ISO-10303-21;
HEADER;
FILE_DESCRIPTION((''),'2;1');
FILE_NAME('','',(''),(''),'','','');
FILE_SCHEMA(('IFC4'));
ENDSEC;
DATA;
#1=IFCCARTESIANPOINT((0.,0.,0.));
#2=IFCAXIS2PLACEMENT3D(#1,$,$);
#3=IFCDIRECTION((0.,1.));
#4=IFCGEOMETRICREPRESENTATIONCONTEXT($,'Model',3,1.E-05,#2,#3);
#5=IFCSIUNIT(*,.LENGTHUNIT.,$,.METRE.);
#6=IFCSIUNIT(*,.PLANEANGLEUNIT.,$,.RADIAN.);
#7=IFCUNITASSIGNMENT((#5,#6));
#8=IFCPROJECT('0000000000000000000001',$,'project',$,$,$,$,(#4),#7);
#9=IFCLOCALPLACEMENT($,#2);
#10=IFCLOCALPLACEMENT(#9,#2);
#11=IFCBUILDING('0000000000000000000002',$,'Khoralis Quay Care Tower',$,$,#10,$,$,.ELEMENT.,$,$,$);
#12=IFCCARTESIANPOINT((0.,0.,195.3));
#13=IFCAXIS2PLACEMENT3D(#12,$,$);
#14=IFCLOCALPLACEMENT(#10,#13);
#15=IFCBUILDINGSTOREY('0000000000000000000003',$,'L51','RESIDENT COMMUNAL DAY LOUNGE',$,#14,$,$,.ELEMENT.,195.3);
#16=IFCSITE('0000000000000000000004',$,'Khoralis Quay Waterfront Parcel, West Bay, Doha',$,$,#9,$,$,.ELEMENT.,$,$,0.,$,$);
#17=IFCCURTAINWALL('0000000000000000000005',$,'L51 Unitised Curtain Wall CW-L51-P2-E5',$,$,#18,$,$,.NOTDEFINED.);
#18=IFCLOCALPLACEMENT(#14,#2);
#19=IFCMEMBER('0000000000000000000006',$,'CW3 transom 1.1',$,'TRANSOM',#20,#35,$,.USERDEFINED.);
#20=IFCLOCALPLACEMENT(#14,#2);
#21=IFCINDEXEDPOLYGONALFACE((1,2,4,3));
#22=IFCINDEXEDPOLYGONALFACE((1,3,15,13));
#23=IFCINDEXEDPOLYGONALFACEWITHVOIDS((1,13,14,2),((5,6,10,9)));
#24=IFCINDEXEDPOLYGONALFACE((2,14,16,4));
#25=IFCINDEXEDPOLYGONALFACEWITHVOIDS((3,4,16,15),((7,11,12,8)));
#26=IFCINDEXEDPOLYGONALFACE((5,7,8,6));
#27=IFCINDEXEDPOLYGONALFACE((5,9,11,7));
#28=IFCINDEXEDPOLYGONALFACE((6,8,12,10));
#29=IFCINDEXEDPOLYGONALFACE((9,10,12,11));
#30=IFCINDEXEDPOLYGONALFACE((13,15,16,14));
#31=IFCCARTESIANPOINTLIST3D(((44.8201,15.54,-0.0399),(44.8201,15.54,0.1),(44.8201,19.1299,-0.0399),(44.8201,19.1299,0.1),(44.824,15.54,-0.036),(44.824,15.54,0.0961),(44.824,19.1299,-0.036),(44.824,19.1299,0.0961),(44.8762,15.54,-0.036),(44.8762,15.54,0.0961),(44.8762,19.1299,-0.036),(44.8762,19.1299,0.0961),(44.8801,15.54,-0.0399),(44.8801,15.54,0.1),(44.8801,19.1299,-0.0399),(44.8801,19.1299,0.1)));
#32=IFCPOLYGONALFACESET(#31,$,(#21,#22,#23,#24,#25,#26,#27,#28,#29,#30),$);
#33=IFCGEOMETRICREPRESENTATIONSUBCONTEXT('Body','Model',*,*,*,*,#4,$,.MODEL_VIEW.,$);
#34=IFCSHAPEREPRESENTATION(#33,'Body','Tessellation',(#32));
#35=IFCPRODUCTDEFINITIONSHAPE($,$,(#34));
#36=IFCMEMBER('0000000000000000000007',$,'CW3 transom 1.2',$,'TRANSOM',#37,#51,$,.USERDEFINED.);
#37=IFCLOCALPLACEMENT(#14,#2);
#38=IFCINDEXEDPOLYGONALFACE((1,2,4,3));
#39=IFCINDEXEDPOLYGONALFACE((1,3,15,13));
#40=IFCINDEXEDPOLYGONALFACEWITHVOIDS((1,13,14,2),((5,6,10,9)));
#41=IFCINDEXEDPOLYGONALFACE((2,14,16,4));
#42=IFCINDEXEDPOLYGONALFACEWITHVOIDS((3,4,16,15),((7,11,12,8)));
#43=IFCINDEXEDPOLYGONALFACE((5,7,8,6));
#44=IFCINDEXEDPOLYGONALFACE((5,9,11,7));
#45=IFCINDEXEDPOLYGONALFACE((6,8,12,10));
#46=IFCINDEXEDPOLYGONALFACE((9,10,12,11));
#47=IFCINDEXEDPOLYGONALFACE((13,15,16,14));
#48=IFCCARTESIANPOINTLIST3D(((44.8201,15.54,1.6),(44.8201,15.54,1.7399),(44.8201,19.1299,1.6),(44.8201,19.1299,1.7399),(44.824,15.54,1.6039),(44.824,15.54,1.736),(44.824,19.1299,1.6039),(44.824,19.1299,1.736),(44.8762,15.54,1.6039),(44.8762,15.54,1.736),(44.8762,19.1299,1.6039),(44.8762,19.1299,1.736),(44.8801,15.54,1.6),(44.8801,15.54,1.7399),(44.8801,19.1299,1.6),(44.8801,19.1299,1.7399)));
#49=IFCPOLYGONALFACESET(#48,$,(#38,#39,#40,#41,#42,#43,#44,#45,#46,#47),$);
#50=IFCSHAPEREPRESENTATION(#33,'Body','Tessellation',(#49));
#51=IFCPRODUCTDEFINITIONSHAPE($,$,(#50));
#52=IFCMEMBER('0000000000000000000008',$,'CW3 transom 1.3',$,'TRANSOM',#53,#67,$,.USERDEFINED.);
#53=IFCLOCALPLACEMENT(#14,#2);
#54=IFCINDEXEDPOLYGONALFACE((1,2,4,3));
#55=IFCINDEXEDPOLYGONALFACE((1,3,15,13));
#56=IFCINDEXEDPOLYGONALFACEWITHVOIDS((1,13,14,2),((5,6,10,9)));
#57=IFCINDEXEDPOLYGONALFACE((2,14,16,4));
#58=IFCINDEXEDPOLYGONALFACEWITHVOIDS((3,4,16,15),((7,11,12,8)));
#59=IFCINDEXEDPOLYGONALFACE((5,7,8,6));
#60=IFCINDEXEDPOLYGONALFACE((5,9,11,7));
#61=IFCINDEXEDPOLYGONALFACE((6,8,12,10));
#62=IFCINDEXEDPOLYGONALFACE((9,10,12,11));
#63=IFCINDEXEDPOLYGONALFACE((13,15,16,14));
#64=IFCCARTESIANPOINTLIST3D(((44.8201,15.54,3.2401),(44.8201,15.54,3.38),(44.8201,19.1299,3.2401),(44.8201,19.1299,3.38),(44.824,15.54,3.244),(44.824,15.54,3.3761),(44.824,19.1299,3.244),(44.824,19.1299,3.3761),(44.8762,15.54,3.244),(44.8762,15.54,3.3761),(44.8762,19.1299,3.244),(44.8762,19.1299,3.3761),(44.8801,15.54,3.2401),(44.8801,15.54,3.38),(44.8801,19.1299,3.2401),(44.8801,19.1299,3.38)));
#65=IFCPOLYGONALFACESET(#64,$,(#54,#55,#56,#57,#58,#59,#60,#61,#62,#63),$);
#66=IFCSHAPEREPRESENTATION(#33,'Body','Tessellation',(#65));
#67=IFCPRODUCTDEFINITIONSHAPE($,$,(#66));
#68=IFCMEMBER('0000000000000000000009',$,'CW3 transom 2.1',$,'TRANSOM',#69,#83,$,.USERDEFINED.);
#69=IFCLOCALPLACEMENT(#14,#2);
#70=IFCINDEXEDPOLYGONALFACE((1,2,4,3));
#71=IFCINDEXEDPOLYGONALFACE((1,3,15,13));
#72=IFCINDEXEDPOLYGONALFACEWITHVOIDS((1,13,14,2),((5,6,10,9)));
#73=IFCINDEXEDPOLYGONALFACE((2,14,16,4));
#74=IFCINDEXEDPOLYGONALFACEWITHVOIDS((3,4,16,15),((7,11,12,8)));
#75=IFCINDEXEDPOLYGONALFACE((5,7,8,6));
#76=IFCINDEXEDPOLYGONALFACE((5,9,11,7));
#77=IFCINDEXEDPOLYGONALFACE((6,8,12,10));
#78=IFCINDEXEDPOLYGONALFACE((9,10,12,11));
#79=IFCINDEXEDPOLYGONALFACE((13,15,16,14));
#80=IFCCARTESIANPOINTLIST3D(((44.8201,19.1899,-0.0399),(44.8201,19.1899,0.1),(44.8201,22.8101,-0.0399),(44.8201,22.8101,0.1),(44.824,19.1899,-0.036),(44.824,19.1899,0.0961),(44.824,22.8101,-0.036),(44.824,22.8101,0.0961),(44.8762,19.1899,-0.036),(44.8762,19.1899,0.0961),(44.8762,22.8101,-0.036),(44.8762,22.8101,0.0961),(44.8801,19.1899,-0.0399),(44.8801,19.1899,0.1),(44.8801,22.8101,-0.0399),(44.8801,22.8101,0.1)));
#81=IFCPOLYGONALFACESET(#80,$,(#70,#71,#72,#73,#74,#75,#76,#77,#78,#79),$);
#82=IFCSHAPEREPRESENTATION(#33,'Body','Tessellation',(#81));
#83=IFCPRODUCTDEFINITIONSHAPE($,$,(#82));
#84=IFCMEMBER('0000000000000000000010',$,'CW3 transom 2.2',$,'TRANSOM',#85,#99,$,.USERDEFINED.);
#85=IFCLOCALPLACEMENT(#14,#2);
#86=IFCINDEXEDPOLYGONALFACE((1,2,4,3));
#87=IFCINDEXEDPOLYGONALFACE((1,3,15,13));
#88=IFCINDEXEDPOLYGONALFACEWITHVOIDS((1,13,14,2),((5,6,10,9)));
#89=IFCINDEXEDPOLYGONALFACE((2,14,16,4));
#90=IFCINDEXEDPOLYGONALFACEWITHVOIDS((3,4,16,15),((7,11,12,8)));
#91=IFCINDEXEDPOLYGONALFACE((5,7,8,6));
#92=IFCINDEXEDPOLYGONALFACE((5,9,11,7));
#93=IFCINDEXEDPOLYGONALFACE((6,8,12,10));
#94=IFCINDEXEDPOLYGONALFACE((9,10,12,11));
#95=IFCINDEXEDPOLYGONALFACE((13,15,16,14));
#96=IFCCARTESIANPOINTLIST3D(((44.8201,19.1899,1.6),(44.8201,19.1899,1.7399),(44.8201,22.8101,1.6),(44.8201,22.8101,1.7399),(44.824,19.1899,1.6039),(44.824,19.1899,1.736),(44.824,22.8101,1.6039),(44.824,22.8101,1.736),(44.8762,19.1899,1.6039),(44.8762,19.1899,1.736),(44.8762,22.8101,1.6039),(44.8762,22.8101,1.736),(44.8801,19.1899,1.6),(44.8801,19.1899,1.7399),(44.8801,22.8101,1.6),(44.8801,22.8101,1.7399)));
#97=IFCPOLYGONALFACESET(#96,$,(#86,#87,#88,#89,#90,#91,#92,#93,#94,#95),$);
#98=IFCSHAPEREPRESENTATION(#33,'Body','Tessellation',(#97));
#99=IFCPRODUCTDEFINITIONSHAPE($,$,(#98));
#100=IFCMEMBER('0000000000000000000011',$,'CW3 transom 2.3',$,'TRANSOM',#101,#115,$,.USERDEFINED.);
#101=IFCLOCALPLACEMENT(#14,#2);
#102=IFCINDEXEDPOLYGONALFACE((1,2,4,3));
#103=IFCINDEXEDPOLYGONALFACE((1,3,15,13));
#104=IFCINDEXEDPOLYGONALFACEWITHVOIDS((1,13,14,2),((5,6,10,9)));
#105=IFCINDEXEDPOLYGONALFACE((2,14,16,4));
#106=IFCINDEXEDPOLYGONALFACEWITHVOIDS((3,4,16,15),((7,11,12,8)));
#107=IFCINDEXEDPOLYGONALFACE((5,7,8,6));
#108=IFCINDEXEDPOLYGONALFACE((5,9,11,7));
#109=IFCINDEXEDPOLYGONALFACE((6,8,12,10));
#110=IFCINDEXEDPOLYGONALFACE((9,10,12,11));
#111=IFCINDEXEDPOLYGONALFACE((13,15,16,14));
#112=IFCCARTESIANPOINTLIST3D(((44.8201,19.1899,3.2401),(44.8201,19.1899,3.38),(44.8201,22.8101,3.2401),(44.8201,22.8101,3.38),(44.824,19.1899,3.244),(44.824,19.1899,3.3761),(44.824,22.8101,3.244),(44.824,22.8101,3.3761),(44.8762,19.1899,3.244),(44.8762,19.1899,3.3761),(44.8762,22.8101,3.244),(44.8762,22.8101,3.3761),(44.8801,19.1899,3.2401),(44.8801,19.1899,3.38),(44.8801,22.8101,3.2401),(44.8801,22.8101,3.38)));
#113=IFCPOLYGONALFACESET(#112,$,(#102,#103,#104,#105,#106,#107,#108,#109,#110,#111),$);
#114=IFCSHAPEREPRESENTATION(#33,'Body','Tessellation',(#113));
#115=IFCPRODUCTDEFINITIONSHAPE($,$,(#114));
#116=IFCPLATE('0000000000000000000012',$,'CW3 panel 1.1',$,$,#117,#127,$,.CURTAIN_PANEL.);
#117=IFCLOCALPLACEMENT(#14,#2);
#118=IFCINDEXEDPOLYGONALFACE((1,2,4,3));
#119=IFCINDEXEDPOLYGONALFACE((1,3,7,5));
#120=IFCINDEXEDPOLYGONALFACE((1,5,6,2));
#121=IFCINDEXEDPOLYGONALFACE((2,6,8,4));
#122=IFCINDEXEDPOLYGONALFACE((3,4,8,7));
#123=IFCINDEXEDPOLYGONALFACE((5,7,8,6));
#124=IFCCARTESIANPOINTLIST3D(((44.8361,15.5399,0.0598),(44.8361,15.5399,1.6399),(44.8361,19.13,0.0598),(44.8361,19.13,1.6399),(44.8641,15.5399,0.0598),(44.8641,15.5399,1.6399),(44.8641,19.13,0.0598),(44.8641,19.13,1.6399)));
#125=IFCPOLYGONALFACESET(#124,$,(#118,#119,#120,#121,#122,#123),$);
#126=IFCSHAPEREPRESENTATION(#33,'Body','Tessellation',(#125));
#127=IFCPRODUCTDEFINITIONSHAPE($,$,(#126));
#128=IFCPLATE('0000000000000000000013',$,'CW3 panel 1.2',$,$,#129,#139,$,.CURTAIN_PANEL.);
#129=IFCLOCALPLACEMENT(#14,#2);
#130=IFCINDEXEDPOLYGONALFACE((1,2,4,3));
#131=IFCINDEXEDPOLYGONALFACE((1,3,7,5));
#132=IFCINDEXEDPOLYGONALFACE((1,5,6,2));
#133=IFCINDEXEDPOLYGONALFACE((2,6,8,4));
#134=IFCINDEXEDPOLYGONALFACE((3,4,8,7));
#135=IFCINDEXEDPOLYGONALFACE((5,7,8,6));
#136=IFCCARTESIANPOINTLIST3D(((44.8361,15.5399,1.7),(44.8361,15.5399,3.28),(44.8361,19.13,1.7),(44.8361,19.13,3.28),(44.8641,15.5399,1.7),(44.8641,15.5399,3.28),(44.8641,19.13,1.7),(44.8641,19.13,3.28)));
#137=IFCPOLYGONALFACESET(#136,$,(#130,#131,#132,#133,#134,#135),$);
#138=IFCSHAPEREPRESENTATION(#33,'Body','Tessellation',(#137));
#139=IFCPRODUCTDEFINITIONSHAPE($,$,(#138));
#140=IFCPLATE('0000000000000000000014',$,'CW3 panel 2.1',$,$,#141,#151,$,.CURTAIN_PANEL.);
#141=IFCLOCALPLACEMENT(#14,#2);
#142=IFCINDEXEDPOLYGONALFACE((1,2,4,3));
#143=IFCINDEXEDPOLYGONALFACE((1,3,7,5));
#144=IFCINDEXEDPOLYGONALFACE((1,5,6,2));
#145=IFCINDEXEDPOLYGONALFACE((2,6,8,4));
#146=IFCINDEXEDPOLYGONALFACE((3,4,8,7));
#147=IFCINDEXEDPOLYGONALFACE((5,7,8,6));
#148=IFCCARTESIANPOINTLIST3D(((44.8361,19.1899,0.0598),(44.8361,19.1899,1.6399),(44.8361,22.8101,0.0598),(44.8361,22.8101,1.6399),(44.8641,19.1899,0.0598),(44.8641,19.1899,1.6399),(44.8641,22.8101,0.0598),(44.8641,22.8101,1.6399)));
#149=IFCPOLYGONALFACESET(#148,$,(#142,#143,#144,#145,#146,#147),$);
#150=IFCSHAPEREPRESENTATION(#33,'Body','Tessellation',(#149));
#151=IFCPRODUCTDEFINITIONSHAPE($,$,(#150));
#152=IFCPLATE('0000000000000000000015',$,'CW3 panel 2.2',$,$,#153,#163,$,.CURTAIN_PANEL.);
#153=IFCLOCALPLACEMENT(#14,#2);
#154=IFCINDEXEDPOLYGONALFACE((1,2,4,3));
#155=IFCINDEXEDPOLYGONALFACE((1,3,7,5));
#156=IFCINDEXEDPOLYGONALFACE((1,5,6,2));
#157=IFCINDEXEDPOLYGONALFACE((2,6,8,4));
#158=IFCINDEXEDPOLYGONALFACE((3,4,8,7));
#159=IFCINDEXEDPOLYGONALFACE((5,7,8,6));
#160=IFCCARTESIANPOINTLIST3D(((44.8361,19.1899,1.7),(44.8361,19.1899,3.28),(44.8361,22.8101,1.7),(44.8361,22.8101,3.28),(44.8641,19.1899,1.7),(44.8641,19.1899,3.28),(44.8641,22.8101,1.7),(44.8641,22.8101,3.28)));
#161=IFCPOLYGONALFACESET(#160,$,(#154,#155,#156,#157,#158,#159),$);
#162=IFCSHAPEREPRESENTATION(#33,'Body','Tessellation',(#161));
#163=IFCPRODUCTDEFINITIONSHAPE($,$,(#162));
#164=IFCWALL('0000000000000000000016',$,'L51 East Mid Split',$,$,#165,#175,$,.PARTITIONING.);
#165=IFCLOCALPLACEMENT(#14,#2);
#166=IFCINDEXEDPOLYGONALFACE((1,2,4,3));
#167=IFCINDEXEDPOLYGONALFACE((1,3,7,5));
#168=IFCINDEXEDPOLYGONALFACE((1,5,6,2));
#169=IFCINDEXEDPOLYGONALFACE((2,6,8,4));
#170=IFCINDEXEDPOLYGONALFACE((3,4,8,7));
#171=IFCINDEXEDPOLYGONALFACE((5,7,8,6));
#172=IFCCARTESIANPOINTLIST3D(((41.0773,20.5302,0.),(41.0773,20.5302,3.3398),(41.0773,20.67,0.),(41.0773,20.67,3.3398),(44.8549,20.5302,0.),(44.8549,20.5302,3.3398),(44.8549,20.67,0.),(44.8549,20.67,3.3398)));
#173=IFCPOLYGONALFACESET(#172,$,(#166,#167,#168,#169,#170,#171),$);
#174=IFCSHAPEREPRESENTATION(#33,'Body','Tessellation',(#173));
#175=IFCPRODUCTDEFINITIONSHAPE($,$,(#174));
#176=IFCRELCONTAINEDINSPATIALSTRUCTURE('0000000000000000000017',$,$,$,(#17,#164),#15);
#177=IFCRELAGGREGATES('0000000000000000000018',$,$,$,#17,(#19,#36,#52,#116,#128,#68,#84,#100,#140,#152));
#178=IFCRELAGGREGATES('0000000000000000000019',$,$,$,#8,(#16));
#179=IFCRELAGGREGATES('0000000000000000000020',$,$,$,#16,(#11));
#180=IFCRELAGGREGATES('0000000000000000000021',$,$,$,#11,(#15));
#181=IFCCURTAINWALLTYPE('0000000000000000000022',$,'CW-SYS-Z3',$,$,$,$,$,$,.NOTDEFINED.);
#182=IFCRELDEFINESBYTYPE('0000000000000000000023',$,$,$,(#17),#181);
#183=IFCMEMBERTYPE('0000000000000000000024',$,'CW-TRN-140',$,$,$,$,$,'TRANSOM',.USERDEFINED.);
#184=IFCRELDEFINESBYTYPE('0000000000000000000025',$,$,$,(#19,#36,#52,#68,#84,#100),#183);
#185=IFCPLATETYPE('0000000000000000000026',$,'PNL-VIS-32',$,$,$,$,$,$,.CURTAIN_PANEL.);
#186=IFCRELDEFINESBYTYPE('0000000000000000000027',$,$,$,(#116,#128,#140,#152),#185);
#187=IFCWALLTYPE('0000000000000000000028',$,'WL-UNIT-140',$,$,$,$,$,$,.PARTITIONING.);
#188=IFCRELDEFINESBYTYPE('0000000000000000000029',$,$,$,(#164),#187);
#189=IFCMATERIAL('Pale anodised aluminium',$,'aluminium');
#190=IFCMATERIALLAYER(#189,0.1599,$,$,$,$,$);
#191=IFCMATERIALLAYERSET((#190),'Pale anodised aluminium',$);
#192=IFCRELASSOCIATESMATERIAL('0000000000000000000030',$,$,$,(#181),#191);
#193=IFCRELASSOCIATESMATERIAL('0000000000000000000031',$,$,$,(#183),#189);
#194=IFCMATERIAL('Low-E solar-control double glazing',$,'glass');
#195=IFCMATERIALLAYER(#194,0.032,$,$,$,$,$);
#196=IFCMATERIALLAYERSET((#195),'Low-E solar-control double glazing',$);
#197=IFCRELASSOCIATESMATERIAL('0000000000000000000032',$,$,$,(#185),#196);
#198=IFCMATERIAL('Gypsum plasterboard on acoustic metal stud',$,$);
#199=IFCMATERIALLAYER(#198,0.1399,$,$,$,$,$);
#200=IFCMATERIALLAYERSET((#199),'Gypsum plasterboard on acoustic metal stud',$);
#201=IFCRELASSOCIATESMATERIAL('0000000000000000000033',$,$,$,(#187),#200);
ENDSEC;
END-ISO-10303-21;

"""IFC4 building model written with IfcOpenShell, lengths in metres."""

from ifc_helpers import new_model, si_unit, direction, frame, frame_2d, origin, origin_2d, place, context, subcontext, project, spatial, rectangle, hollow_rectangle, extrude, source, transform, mapped, material, layer, layer_set, material_profile, profile_set, type_object, element, aggregate, save


model = new_model("IFC4")

# Units and contexts
model_context = context("Model", 3, precision=1e-05, world=origin(), true_north=direction((0.0, 1.0)))
body_context = subcontext(model_context, "Body", "Model", "MODEL_VIEW")
ifc_project = project(units=[si_unit("LENGTHUNIT", "METRE"), si_unit("PLANEANGLEUNIT", "RADIAN")], contexts=[model_context])

# Site, building, storey
site_placement = place(None, origin())
site = spatial("IfcSite", under=ifc_project, at=site_placement, Name="Khoralis Quay Waterfront Parcel, West Bay, Doha", CompositionType="ELEMENT", RefElevation=0.0)
building_placement = place(site_placement, origin())
building = spatial("IfcBuilding", under=site, at=building_placement, Name="Khoralis Quay Care Tower", CompositionType="ELEMENT")
storey_placement = place(building_placement, frame((0.0, 0.0, 195.3)))
storey = spatial("IfcBuildingStorey", under=building, at=storey_placement, Name="L51", Description="RESIDENT COMMUNAL DAY LOUNGE", CompositionType="ELEMENT", Elevation=195.3)

# Curtain wall, members, plates
ifc_material_1 = material(Name="Pale anodised aluminium", Category="aluminium")
ifc_layer_1 = layer(ifc_material_1, 0.1599)
ifc_layer_set_1 = layer_set([ifc_layer_1], Name="Pale anodised aluminium")
curtain_wall_type = type_object("IfcCurtainWallType", Name="CW-SYS-Z3", PredefinedType="NOTDEFINED", material=ifc_layer_set_1)
curtain_wall_placement = place(storey_placement, origin())
curtain_wall = element("IfcCurtainWall", 1, at=curtain_wall_placement, inside=storey, type_object=curtain_wall_type, Name="L51 Unitised Curtain Wall CW-L51-P2-E5", PredefinedType="NOTDEFINED")
ifc_material_profile_1 = material_profile(ifc_material_1, hollow_rectangle(XDim=0.0601, YDim=0.1399, WallThickness=0.0039, at=origin_2d()), Name="Pale anodised aluminium")
ifc_profile_set_1 = profile_set([ifc_material_profile_1], Name="Pale anodised aluminium")
member_type_1 = type_object("IfcMemberType", Name="CW-TRN-140", ElementType="TRANSOM", PredefinedType="USERDEFINED", material=ifc_profile_set_1)
shared_shape_1 = source(origin(), body_context, "Body", "SweptSolid", [
    extrude(hollow_rectangle(XDim=0.0601, YDim=0.1399, WallThickness=0.0039, at=origin_2d()), origin(), (0.0, 0.0, 1.0), 3.5898),
])
member_1_placement = place(storey_placement, frame((44.8501, 15.54, 0.03), z_axis=(0.0, 1.0, 0.0), x_axis=(-1.0, 0.0, 0.0)))
member_1 = element("IfcMember", 2, at=member_1_placement, type_object=member_type_1, Name="CW3 transom 1.1", ObjectType="TRANSOM", PredefinedType="USERDEFINED", context=body_context, shape_type="MappedRepresentation", body=[
    mapped(shared_shape_1, transform((0.0, 0.0, 0.0), scale=1.0)),
])
member_2_placement = place(storey_placement, frame((44.8501, 15.54, 1.6699), z_axis=(0.0, 1.0, 0.0), x_axis=(-1.0, 0.0, 0.0)))
member_2 = element("IfcMember", 3, at=member_2_placement, type_object=member_type_1, Name="CW3 transom 1.2", ObjectType="TRANSOM", PredefinedType="USERDEFINED", context=body_context, shape_type="MappedRepresentation", body=[
    mapped(shared_shape_1, transform((0.0, 0.0, 0.0), scale=1.0)),
])
member_3_placement = place(storey_placement, frame((44.8501, 15.54, 3.3101), z_axis=(0.0, 1.0, 0.0), x_axis=(-1.0, 0.0, 0.0)))
member_3 = element("IfcMember", 4, at=member_3_placement, type_object=member_type_1, Name="CW3 transom 1.3", ObjectType="TRANSOM", PredefinedType="USERDEFINED", context=body_context, shape_type="MappedRepresentation", body=[
    mapped(shared_shape_1, transform((0.0, 0.0, 0.0), scale=1.0)),
])
shared_shape_2 = source(origin(), body_context, "Body", "SweptSolid", [
    extrude(hollow_rectangle(XDim=0.0601, YDim=0.1399, WallThickness=0.0039, at=origin_2d()), origin(), (0.0, 0.0, 1.0), 3.6201),
])
member_4_placement = place(storey_placement, frame((44.8501, 19.1899, 0.03), z_axis=(0.0, 1.0, 0.0), x_axis=(-1.0, 0.0, 0.0)))
member_4 = element("IfcMember", 5, at=member_4_placement, type_object=member_type_1, Name="CW3 transom 2.1", ObjectType="TRANSOM", PredefinedType="USERDEFINED", context=body_context, shape_type="MappedRepresentation", body=[
    mapped(shared_shape_2, transform((0.0, 0.0, 0.0), scale=1.0)),
])
member_5_placement = place(storey_placement, frame((44.8501, 19.1899, 1.6699), z_axis=(0.0, 1.0, 0.0), x_axis=(-1.0, 0.0, 0.0)))
member_5 = element("IfcMember", 6, at=member_5_placement, type_object=member_type_1, Name="CW3 transom 2.2", ObjectType="TRANSOM", PredefinedType="USERDEFINED", context=body_context, shape_type="MappedRepresentation", body=[
    mapped(shared_shape_2, transform((0.0, 0.0, 0.0), scale=1.0)),
])
member_6_placement = place(storey_placement, frame((44.8501, 19.1899, 3.3101), z_axis=(0.0, 1.0, 0.0), x_axis=(-1.0, 0.0, 0.0)))
member_6 = element("IfcMember", 7, at=member_6_placement, type_object=member_type_1, Name="CW3 transom 2.3", ObjectType="TRANSOM", PredefinedType="USERDEFINED", context=body_context, shape_type="MappedRepresentation", body=[
    mapped(shared_shape_2, transform((0.0, 0.0, 0.0), scale=1.0)),
])
ifc_material_2 = material(Name="Low-E solar-control double glazing", Category="glass")
ifc_layer_2 = layer(ifc_material_2, 0.032)
ifc_layer_set_2 = layer_set([ifc_layer_2], Name="Low-E solar-control double glazing")
plate_type = type_object("IfcPlateType", Name="PNL-VIS-32", PredefinedType="CURTAIN_PANEL", material=ifc_layer_set_2)
shared_shape_3 = source(origin(), body_context, "Body", "SweptSolid", [
    extrude(rectangle(XDim=3.5901, YDim=0.0281, at=origin_2d()), origin(), (0.0, 0.0, 1.0), 1.5801),
])
plate_1_placement = place(storey_placement, frame((44.8501, 17.335, 0.0598), z_axis=(0.0, 0.0, 1.0), x_axis=(0.0, 1.0, 0.0)))
plate_1 = element("IfcPlate", 8, at=plate_1_placement, type_object=plate_type, Name="CW3 panel 1.1", PredefinedType="CURTAIN_PANEL", context=body_context, shape_type="MappedRepresentation", body=[
    mapped(shared_shape_3, transform((0.0, 0.0, 0.0), scale=1.0)),
])
plate_2_placement = place(storey_placement, frame((44.8501, 17.335, 1.7), z_axis=(0.0, 0.0, 1.0), x_axis=(0.0, 1.0, 0.0)))
plate_2 = element("IfcPlate", 9, at=plate_2_placement, type_object=plate_type, Name="CW3 panel 1.2", PredefinedType="CURTAIN_PANEL", context=body_context, shape_type="MappedRepresentation", body=[
    mapped(shared_shape_3, transform((0.0, 0.0, 0.0), scale=1.0)),
])
shared_shape_4 = source(origin(), body_context, "Body", "SweptSolid", [
    extrude(rectangle(XDim=3.6201, YDim=0.0281, at=origin_2d()), origin(), (0.0, 0.0, 1.0), 1.5801),
])
plate_3_placement = place(storey_placement, frame((44.8501, 21.0, 0.0598), z_axis=(0.0, 0.0, 1.0), x_axis=(0.0, 1.0, 0.0)))
plate_3 = element("IfcPlate", 10, at=plate_3_placement, type_object=plate_type, Name="CW3 panel 2.1", PredefinedType="CURTAIN_PANEL", context=body_context, shape_type="MappedRepresentation", body=[
    mapped(shared_shape_4, transform((0.0, 0.0, 0.0), scale=1.0)),
])
plate_4_placement = place(storey_placement, frame((44.8501, 21.0, 1.7), z_axis=(0.0, 0.0, 1.0), x_axis=(0.0, 1.0, 0.0)))
plate_4 = element("IfcPlate", 11, at=plate_4_placement, type_object=plate_type, Name="CW3 panel 2.2", PredefinedType="CURTAIN_PANEL", context=body_context, shape_type="MappedRepresentation", body=[
    mapped(shared_shape_4, transform((0.0, 0.0, 0.0), scale=1.0)),
])
aggregate(curtain_wall, [member_1, member_2, member_3, plate_1, plate_2, member_4, member_5, member_6, plate_3, plate_4])

# Wall
ifc_material_3 = material(Name="Gypsum plasterboard on acoustic metal stud")
ifc_layer_3 = layer(ifc_material_3, 0.1399)
ifc_layer_set_3 = layer_set([ifc_layer_3], Name="Gypsum plasterboard on acoustic metal stud")
wall_type = type_object("IfcWallType", Name="WL-UNIT-140", PredefinedType="PARTITIONING", material=ifc_layer_set_3)
wall_placement = place(storey_placement, frame((41.0774, 20.6001, 0.0), z_axis=(0.0, 0.0, 1.0), x_axis=(1.0, 0.0, 0.0)))
element("IfcWall", 12, at=wall_placement, inside=storey, type_object=wall_type, Name="L51 East Mid Split", PredefinedType="PARTITIONING", context=body_context, shape_type="SweptSolid", body=[
    extrude(rectangle(XDim=3.7776, YDim=0.1399, at=frame_2d((1.8887, 0.0))), origin(), (0.0, 0.0, 1.0), 3.3398),
])

save(model, "model.ifc")
